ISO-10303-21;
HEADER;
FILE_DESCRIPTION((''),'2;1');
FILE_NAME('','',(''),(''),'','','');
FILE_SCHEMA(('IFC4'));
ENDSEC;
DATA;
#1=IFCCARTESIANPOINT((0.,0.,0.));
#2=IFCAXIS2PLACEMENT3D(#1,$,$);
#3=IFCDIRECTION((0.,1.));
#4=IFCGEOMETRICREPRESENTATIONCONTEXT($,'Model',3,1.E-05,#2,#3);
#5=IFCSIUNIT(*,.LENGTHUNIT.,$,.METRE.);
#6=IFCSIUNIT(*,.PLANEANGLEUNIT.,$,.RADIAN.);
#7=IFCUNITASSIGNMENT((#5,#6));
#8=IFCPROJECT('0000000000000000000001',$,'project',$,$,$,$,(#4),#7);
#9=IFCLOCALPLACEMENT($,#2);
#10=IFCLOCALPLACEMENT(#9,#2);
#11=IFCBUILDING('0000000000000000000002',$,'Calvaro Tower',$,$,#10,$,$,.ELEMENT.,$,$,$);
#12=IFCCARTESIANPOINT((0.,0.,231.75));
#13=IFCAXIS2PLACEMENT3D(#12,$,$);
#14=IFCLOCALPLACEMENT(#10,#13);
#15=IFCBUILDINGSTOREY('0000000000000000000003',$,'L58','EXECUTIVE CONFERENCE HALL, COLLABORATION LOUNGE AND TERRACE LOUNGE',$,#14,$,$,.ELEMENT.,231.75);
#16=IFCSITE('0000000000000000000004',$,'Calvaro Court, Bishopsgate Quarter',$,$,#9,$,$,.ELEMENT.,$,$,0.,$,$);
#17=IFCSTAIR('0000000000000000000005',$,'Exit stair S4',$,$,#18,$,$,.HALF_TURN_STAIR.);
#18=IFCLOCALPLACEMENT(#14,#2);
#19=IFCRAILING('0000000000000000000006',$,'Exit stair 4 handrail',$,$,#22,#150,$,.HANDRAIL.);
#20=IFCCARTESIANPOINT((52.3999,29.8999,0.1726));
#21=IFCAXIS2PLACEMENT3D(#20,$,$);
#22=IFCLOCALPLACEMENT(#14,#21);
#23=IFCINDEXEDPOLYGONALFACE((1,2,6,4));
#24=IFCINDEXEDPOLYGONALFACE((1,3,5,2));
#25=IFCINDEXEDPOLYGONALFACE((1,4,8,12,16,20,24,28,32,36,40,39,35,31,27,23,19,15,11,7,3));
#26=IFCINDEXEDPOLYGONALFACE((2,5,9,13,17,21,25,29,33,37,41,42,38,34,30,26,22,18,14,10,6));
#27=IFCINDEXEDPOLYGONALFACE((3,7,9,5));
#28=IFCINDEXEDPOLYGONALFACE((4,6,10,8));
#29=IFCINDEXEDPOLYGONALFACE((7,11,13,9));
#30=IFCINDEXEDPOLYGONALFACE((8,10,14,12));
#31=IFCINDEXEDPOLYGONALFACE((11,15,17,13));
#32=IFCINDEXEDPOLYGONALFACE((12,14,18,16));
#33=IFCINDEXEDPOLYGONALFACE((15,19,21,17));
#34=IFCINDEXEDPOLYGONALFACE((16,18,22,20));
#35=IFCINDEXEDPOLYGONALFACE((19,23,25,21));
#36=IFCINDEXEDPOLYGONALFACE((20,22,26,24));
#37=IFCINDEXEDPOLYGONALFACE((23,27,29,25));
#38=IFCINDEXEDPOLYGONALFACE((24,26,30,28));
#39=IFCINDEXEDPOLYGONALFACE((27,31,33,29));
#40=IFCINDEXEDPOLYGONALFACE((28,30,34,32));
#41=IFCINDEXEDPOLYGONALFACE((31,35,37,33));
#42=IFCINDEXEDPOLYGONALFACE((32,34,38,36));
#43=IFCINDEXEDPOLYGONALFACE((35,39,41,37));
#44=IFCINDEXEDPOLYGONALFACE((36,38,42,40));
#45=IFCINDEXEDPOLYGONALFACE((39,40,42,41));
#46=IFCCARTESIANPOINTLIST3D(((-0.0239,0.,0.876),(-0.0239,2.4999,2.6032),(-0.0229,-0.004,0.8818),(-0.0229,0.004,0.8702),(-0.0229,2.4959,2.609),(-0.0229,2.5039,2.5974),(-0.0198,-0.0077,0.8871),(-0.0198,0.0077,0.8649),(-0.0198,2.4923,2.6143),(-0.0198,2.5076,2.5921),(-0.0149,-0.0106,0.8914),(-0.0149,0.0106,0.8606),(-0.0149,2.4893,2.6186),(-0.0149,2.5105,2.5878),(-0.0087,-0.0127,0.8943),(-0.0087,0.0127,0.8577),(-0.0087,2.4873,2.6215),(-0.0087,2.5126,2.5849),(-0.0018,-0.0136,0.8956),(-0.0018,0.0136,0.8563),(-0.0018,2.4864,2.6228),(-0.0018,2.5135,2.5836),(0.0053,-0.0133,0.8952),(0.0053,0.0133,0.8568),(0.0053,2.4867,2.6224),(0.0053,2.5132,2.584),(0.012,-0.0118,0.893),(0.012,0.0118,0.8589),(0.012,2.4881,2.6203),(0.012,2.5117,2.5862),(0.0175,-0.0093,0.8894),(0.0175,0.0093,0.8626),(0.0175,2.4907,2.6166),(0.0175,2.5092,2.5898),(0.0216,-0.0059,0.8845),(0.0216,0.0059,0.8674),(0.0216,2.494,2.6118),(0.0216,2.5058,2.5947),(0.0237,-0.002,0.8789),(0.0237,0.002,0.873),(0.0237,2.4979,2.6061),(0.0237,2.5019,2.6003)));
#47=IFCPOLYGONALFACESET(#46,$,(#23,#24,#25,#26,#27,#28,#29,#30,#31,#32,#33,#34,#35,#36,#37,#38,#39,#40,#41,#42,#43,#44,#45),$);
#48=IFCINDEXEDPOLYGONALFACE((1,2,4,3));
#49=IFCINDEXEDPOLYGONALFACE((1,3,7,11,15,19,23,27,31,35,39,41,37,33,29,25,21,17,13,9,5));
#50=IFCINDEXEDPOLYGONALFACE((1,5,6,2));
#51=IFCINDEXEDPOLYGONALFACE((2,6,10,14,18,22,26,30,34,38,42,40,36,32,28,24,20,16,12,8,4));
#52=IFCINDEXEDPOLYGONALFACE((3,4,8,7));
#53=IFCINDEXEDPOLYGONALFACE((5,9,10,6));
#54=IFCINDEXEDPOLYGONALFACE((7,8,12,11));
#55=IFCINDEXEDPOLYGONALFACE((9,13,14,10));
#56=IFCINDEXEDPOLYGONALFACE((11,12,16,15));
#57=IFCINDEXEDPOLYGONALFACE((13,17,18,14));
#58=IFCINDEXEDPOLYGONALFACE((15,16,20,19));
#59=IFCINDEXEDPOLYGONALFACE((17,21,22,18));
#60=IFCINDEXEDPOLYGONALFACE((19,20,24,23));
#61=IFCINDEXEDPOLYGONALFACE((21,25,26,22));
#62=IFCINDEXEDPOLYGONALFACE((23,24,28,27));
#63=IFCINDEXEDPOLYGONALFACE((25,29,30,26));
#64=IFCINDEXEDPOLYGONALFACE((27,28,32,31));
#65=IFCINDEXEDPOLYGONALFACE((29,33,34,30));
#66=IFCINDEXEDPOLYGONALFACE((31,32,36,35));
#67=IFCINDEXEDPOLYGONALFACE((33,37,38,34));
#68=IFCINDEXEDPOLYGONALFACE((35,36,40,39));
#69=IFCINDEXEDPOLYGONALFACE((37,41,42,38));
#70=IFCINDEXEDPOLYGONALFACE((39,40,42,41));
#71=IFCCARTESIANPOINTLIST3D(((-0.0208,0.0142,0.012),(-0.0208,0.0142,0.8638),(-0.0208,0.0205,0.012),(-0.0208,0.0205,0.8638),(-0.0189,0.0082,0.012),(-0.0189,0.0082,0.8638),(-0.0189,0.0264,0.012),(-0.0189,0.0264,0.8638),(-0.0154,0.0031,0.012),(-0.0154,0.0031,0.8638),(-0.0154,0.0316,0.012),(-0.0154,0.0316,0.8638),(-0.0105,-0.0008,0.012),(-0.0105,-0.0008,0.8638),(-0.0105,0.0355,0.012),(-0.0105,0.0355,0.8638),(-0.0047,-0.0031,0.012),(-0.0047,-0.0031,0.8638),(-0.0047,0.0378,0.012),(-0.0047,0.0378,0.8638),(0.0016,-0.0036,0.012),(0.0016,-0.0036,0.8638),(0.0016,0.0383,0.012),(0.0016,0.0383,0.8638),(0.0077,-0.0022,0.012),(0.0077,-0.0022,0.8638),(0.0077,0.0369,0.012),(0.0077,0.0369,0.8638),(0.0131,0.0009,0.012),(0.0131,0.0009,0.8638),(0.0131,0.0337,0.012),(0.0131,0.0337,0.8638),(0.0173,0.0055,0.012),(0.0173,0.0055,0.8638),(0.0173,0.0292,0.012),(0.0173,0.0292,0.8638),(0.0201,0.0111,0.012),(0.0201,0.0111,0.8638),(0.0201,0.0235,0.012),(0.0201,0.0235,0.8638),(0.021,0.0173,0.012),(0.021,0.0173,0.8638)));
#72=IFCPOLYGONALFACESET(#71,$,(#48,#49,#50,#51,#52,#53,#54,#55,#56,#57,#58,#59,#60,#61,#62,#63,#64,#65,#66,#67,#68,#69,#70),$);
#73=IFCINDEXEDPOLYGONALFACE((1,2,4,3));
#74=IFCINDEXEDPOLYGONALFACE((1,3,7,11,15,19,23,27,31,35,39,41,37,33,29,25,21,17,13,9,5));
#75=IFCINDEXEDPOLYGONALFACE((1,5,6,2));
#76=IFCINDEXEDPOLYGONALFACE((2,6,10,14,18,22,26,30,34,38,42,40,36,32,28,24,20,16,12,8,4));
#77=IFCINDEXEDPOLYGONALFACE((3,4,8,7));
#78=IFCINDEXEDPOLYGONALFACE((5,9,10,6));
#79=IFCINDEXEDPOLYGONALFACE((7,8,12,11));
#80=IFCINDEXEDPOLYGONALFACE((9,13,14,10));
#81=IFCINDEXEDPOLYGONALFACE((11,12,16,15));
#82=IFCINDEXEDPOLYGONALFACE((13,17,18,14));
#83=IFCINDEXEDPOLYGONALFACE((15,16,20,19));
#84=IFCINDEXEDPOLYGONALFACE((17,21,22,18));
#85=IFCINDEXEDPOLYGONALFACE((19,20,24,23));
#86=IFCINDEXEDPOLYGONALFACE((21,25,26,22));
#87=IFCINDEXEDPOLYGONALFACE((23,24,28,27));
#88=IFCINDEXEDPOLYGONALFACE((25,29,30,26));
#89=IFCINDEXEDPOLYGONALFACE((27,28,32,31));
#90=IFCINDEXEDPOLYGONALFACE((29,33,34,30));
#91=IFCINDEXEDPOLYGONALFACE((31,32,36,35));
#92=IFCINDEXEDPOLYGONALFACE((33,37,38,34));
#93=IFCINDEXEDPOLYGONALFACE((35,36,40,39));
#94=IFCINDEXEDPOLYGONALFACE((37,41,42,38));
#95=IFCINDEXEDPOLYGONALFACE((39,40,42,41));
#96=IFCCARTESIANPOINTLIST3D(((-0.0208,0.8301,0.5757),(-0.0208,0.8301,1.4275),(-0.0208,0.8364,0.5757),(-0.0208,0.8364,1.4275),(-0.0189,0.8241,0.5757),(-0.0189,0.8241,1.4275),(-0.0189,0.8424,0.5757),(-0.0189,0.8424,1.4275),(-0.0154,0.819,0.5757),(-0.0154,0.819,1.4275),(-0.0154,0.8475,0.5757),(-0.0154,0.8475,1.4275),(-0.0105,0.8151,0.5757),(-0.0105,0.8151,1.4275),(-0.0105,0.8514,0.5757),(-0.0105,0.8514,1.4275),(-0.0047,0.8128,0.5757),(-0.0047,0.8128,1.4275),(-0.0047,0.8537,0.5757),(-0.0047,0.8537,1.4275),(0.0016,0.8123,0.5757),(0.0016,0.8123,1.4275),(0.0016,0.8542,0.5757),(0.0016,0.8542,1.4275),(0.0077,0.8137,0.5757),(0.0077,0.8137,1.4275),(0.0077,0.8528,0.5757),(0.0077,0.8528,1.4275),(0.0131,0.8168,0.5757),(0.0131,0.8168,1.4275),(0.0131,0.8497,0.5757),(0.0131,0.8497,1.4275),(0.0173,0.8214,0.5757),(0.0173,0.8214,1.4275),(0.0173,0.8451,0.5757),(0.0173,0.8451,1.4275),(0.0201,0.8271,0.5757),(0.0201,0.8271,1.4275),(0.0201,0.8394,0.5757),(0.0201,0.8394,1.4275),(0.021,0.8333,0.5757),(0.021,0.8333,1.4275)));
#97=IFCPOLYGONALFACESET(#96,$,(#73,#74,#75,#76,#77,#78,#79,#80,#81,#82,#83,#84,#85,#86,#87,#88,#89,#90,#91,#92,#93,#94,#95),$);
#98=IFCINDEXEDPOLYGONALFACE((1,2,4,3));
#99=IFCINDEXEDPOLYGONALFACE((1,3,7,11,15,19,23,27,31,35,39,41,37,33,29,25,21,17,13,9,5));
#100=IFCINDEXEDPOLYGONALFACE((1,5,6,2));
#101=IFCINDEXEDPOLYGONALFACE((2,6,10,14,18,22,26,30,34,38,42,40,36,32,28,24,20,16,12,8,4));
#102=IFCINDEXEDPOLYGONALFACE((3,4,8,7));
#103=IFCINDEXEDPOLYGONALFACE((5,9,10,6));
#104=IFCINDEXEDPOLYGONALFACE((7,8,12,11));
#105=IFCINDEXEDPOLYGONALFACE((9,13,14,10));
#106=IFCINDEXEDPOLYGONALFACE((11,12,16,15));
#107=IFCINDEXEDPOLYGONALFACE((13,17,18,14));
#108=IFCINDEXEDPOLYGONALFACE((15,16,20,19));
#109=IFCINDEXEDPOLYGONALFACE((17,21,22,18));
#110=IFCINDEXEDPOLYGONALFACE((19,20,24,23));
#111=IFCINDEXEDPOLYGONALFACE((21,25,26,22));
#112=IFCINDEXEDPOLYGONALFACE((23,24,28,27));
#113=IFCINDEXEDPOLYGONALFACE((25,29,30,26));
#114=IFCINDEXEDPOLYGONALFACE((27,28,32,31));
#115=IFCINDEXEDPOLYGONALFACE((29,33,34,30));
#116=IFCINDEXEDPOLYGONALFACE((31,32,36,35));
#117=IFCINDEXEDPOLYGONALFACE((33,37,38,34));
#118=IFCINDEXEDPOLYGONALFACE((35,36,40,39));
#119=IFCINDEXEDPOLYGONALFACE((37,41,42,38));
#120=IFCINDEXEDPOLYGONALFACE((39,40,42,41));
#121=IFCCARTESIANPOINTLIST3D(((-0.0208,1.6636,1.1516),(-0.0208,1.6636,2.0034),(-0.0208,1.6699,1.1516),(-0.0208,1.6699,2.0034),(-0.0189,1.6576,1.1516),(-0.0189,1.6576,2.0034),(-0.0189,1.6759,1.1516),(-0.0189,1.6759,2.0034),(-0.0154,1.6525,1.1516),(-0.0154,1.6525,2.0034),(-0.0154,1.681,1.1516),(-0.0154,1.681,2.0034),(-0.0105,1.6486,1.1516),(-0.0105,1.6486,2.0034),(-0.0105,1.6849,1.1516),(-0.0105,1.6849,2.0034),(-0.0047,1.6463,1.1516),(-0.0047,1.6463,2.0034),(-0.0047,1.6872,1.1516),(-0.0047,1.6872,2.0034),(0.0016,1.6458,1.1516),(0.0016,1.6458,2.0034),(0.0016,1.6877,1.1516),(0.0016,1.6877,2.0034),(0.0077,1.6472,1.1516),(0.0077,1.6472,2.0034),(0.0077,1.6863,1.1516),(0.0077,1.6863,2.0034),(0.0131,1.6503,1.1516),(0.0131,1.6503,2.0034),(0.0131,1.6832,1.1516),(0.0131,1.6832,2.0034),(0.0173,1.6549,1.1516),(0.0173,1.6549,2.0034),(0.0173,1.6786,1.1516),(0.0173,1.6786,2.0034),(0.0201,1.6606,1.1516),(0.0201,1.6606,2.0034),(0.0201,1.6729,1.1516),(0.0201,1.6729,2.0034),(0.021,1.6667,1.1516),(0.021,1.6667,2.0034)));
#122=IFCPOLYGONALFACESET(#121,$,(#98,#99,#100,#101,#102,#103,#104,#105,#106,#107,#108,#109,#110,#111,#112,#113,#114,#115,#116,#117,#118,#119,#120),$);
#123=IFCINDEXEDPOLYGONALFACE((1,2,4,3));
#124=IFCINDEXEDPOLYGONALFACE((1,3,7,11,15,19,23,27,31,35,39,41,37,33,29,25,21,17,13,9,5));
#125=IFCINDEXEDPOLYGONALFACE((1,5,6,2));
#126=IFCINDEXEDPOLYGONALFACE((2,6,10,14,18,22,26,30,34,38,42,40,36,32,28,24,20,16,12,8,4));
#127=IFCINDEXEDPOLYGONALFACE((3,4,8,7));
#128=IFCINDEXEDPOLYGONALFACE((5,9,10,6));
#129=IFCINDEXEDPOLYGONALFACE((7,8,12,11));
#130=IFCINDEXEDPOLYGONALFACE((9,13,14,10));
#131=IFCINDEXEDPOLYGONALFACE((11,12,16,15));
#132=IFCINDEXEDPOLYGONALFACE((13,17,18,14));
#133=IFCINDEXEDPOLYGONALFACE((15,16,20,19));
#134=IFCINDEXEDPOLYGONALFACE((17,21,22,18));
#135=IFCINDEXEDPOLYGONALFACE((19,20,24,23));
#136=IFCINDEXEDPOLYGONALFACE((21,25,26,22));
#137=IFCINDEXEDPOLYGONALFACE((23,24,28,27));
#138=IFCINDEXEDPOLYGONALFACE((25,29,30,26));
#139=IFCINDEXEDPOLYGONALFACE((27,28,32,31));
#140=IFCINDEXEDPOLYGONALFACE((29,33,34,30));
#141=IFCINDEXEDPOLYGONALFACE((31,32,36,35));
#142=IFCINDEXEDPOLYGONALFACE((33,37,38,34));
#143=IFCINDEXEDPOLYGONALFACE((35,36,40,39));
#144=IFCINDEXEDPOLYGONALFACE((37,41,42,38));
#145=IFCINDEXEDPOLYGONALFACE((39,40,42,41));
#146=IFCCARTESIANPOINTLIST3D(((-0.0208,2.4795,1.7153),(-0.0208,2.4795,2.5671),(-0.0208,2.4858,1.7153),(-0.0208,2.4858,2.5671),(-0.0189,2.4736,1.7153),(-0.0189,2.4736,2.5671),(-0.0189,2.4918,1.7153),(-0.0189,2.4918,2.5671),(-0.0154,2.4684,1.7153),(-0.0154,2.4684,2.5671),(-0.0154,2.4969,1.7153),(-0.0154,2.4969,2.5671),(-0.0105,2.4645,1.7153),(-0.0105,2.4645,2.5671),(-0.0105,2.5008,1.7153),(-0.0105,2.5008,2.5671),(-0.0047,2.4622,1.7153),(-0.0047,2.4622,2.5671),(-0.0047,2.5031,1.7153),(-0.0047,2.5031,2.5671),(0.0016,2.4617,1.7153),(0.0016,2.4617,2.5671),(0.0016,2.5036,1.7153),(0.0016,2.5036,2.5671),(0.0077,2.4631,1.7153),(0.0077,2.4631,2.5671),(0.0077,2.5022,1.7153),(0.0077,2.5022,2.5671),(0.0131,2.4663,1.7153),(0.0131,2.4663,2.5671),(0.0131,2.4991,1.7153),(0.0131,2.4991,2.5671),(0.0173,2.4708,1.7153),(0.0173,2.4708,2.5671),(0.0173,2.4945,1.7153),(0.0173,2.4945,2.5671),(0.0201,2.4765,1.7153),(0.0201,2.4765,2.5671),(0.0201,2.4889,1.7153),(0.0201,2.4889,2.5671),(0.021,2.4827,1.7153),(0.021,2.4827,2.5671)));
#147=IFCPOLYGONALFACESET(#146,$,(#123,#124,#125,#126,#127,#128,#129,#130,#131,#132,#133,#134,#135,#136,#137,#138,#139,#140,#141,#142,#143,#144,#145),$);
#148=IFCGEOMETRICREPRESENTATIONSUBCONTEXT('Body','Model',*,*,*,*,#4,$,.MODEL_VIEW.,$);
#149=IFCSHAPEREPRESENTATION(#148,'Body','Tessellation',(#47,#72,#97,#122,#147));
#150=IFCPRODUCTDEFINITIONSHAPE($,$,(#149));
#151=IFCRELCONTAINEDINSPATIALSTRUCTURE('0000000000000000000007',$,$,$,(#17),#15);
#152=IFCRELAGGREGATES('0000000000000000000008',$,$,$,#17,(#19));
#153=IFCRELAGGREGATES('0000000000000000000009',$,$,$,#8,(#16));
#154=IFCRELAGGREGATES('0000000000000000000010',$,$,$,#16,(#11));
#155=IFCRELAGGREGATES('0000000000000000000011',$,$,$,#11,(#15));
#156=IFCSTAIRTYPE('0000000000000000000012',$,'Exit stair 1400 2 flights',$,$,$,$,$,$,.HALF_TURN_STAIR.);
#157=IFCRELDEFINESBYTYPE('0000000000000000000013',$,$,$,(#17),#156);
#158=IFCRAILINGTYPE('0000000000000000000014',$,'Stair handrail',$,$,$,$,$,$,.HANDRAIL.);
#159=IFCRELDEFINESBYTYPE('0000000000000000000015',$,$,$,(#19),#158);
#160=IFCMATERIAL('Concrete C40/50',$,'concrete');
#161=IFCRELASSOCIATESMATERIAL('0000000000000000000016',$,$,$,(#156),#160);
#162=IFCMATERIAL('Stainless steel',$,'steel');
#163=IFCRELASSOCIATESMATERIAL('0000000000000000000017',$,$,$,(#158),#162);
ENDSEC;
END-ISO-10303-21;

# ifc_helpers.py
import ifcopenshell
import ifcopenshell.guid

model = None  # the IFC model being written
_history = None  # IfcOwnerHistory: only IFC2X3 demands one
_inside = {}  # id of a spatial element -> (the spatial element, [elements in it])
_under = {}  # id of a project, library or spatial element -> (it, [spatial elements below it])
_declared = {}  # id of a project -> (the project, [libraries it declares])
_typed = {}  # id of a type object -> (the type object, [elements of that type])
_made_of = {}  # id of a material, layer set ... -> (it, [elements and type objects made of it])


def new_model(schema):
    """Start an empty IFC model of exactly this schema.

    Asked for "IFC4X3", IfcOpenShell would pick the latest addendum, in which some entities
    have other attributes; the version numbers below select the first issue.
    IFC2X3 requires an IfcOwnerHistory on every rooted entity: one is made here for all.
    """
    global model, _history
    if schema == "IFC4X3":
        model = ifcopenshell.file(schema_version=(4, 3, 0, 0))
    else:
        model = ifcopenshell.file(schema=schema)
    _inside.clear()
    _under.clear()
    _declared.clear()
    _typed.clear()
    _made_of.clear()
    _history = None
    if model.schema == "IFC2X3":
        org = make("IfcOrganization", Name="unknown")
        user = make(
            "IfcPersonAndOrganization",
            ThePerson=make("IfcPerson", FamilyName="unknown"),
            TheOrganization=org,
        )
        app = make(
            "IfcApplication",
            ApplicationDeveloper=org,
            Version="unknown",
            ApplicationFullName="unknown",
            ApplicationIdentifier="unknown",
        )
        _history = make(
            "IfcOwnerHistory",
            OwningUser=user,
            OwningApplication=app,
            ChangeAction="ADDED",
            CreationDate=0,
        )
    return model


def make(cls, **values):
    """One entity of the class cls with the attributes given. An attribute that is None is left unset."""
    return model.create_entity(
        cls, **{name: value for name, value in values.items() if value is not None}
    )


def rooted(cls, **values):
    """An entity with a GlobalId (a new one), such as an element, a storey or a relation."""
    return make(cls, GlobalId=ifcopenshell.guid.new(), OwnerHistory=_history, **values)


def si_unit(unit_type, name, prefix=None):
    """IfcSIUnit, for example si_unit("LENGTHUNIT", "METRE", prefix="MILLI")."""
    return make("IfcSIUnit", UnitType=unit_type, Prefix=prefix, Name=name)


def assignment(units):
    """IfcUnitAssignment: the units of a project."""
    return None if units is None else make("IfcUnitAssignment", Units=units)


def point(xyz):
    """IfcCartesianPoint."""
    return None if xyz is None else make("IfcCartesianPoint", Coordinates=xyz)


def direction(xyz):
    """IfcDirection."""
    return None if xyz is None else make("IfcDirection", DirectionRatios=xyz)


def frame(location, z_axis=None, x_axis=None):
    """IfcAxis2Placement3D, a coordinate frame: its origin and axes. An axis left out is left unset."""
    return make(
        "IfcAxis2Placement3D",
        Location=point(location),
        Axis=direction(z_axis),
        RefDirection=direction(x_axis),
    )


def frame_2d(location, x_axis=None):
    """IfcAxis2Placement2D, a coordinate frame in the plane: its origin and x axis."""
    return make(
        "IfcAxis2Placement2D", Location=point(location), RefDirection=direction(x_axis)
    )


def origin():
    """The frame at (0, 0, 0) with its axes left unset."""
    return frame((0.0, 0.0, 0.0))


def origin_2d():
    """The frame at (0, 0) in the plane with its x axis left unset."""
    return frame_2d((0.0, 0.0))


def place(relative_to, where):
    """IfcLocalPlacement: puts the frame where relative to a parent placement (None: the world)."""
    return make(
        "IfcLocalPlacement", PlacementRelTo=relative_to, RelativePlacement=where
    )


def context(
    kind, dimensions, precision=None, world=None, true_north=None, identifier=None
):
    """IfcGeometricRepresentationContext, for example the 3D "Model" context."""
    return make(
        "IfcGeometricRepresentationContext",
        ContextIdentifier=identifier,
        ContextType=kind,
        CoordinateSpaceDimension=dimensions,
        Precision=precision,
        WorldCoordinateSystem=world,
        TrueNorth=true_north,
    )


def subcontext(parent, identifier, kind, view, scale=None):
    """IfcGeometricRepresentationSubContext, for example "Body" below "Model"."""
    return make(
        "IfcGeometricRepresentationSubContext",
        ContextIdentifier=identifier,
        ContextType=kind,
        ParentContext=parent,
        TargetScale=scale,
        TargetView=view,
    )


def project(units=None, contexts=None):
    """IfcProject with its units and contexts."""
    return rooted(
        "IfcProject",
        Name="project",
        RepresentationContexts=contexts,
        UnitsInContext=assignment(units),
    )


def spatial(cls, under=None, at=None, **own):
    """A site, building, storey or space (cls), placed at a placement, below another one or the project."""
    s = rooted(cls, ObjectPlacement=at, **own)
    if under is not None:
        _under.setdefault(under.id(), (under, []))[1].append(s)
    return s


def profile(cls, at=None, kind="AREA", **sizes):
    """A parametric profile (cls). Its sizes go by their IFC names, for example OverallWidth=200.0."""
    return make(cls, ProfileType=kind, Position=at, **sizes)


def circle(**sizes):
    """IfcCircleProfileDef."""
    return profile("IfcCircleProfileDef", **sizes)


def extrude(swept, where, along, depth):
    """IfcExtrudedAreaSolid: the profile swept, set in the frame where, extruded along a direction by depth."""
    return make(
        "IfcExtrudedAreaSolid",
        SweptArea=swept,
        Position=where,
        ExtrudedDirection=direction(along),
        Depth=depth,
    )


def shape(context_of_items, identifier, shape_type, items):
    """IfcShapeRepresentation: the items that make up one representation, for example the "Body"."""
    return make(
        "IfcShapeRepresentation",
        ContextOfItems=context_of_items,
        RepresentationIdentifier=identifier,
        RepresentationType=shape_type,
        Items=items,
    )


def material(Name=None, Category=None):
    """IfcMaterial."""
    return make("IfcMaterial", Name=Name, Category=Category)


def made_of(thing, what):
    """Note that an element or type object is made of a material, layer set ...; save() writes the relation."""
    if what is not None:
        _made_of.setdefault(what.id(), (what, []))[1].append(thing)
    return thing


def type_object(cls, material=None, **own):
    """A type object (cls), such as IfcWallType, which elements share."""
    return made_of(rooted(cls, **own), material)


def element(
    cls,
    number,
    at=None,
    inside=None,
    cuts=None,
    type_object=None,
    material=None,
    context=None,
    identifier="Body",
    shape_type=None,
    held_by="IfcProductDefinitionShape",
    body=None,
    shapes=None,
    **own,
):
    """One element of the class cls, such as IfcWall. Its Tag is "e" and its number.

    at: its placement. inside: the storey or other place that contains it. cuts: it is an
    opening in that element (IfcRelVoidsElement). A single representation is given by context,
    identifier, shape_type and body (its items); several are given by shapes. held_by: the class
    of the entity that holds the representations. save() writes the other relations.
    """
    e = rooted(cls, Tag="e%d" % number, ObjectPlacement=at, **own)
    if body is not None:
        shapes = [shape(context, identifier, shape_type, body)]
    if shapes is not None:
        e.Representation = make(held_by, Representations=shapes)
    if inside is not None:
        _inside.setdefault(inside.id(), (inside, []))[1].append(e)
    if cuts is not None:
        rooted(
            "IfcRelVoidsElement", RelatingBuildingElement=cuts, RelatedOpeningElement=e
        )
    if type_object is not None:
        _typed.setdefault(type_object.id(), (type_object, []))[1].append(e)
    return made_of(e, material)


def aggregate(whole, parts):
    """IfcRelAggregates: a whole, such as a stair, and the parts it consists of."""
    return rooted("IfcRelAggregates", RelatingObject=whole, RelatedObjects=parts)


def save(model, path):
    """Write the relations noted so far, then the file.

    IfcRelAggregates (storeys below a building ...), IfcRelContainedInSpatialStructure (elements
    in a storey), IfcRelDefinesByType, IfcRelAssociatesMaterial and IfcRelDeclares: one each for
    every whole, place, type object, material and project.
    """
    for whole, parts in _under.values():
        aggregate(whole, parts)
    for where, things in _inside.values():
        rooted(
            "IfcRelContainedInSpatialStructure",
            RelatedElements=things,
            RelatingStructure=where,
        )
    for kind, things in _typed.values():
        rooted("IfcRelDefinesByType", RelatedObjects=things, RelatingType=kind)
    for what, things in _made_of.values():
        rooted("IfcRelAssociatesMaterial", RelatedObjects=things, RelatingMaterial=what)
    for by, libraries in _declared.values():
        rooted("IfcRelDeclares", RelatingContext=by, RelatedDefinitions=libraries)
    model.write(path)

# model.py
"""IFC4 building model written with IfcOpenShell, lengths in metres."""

from ifc_helpers import new_model, si_unit, direction, frame, origin, origin_2d, place, context, subcontext, project, spatial, circle, extrude, material, type_object, element, aggregate, save


model = new_model("IFC4")

# Units and contexts
model_context = context("Model", 3, precision=1e-05, world=origin(), true_north=direction((0.0, 1.0)))
body_context = subcontext(model_context, "Body", "Model", "MODEL_VIEW")
ifc_project = project(units=[si_unit("LENGTHUNIT", "METRE"), si_unit("PLANEANGLEUNIT", "RADIAN")], contexts=[model_context])

# Site, building, storey
site_placement = place(None, origin())
site = spatial("IfcSite", under=ifc_project, at=site_placement, Name="Calvaro Court, Bishopsgate Quarter", CompositionType="ELEMENT", RefElevation=0.0)
building_placement = place(site_placement, origin())
building = spatial("IfcBuilding", under=site, at=building_placement, Name="Calvaro Tower", CompositionType="ELEMENT")
storey_placement = place(building_placement, frame((0.0, 0.0, 231.75)))
storey = spatial("IfcBuildingStorey", under=building, at=storey_placement, Name="L58", Description="EXECUTIVE CONFERENCE HALL, COLLABORATION LOUNGE AND TERRACE LOUNGE", CompositionType="ELEMENT", Elevation=231.75)

# Stair, railing
ifc_material_1 = material(Name="Concrete C40/50", Category="concrete")
stair_type = type_object("IfcStairType", Name="Exit stair 1400 2 flights", PredefinedType="HALF_TURN_STAIR", material=ifc_material_1)
stair_placement = place(storey_placement, origin())
stair = element("IfcStair", 1, at=stair_placement, inside=storey, type_object=stair_type, Name="Exit stair S4", PredefinedType="HALF_TURN_STAIR")
ifc_material_2 = material(Name="Stainless steel", Category="steel")
railing_type = type_object("IfcRailingType", Name="Stair handrail", PredefinedType="HANDRAIL", material=ifc_material_2)
railing_1_placement = place(storey_placement, frame((52.3999, 29.8999, 0.1726)))
railing_1 = element("IfcRailing", 2, at=railing_1_placement, type_object=railing_type, Name="Exit stair 4 handrail", PredefinedType="HANDRAIL", context=body_context, shape_type="SweptSolid", body=[
    extrude(circle(Radius=0.0239, at=origin_2d()), frame((0.0, 0.0, 0.876), z_axis=(0.0, 0.822727, 0.568437), x_axis=(-1.0, 0.0, 0.0)), (0.0, 0.0, 1.0), 3.0386),
    extrude(circle(Radius=0.021, at=origin_2d()), frame((0.0, 0.0173, 0.012)), (0.0, 0.0, 1.0), 0.8518),
    extrude(circle(Radius=0.021, at=origin_2d()), frame((0.0, 0.8333, 0.5757)), (0.0, 0.0, 1.0), 0.8518),
    extrude(circle(Radius=0.021, at=origin_2d()), frame((0.0, 1.6667, 1.1516)), (0.0, 0.0, 1.0), 0.8518),
    extrude(circle(Radius=0.021, at=origin_2d()), frame((0.0, 2.4827, 1.7153)), (0.0, 0.0, 1.0), 0.8518),
])
aggregate(stair, [railing_1])

save(model, "model.ifc")
